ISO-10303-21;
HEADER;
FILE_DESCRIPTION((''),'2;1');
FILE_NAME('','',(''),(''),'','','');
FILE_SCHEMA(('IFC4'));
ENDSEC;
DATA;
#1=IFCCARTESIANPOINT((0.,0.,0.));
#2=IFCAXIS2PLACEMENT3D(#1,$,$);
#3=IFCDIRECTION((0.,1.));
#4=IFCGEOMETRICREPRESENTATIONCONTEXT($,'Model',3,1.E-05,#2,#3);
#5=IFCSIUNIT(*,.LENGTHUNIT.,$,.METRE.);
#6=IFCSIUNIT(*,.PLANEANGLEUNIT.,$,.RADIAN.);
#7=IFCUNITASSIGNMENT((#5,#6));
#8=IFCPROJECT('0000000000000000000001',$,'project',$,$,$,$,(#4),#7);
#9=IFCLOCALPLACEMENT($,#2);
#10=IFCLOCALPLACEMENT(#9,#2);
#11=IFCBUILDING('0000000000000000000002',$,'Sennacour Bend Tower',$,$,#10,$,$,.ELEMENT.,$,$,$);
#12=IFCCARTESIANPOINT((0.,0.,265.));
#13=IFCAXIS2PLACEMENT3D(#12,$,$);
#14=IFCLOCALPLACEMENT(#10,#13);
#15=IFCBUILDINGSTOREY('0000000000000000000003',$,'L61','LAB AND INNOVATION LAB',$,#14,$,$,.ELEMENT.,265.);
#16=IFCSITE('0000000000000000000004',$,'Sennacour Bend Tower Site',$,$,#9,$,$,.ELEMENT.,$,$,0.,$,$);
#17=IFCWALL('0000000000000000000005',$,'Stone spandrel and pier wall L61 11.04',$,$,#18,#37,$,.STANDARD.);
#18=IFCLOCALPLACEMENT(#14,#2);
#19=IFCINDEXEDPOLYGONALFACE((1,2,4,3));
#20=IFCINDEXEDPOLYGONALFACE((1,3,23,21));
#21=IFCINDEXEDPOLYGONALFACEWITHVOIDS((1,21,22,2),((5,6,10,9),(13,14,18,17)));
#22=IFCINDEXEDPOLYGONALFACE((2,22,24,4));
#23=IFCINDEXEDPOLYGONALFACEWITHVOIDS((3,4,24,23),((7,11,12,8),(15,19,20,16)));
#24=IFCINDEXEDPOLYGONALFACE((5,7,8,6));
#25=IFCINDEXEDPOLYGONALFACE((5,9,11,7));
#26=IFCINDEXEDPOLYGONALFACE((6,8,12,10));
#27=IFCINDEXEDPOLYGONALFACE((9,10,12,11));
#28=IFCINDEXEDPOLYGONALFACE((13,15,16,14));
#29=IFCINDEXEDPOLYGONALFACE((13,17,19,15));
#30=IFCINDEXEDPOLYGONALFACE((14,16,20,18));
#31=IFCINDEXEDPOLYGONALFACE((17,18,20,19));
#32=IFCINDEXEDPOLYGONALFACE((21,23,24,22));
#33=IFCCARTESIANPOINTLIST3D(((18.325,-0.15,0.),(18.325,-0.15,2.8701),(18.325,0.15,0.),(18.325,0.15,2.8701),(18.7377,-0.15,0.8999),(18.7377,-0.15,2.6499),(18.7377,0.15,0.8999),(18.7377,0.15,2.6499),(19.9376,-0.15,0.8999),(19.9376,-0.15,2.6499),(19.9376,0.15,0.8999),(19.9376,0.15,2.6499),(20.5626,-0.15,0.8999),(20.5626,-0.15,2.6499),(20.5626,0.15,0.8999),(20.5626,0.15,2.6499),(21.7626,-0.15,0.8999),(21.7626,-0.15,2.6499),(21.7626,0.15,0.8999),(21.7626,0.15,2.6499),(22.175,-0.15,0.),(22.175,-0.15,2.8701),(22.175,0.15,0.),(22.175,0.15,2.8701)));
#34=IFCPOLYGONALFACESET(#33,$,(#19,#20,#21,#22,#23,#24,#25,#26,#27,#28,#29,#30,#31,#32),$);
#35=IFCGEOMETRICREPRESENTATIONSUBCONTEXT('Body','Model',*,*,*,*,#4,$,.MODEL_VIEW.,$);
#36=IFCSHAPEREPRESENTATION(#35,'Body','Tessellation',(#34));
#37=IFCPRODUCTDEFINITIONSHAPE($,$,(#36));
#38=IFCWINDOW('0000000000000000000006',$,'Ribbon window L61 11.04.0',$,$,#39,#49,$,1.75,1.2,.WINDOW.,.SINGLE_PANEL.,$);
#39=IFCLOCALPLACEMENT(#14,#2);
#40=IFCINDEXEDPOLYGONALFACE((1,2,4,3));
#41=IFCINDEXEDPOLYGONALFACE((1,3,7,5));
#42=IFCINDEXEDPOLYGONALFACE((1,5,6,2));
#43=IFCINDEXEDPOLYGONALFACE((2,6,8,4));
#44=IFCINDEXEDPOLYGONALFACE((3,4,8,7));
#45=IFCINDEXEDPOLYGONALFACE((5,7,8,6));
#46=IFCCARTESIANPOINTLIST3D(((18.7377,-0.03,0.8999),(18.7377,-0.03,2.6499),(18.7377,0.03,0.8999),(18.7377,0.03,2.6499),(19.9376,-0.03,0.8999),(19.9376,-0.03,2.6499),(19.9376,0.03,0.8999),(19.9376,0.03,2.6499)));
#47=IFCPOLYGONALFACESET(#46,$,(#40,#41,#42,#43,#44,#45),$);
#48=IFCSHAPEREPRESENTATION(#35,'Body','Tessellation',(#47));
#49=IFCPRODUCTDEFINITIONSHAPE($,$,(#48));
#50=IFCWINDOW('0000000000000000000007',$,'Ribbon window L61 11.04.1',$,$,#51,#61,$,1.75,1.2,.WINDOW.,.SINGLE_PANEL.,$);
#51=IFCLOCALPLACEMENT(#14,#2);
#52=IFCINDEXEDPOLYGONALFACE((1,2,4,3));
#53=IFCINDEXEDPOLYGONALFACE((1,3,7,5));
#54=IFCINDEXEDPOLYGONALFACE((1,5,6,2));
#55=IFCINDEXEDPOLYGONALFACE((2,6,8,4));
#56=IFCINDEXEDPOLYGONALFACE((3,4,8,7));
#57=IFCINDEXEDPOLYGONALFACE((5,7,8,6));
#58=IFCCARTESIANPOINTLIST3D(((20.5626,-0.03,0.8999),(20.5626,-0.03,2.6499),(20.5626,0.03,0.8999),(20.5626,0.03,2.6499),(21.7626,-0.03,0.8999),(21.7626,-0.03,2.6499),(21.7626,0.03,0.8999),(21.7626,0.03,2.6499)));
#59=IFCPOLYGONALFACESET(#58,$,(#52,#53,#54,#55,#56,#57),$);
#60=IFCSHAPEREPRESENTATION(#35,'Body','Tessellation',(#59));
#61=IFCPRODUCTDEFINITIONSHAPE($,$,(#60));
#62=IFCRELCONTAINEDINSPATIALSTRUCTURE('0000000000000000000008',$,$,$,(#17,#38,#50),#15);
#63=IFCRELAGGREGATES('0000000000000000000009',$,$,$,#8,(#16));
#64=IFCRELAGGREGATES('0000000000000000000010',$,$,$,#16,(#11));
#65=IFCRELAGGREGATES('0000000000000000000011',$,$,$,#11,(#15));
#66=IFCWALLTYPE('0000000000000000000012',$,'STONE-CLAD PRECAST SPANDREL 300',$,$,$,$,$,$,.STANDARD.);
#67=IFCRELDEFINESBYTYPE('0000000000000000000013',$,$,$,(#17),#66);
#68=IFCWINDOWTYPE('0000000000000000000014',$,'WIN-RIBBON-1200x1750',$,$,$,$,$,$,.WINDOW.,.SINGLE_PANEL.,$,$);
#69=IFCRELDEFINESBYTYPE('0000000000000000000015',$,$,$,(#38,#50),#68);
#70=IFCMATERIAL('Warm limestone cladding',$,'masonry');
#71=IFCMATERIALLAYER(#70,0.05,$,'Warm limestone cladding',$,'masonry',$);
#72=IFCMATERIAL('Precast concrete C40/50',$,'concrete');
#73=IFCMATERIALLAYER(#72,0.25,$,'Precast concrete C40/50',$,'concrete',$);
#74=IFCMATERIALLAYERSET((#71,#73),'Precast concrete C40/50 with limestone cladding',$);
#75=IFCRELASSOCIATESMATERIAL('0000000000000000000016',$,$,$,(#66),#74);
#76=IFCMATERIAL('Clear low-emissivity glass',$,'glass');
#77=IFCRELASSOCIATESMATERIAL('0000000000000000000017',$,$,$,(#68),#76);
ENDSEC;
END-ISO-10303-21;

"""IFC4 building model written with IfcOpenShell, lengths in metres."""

from ifc_helpers import new_model, si_unit, direction, frame, frame_2d, origin, place, context, subcontext, project, spatial, rectangle, extrude, material, layer, layer_set, type_object, element, fill, save


model = new_model("IFC4")

# Units and contexts
model_context = context("Model", 3, precision=1e-05, world=origin(), true_north=direction((0.0, 1.0)))
body_context = subcontext(model_context, "Body", "Model", "MODEL_VIEW")
ifc_project = project(units=[si_unit("LENGTHUNIT", "METRE"), si_unit("PLANEANGLEUNIT", "RADIAN")], contexts=[model_context])

# Site, building, storey
site_placement = place(None, origin())
site = spatial("IfcSite", under=ifc_project, at=site_placement, Name="Sennacour Bend Tower Site", CompositionType="ELEMENT", RefElevation=0.0)
building_placement = place(site_placement, origin())
building = spatial("IfcBuilding", under=site, at=building_placement, Name="Sennacour Bend Tower", CompositionType="ELEMENT")
storey_placement = place(building_placement, frame((0.0, 0.0, 265.0)))
storey = spatial("IfcBuildingStorey", under=building, at=storey_placement, Name="L61", Description="LAB AND INNOVATION LAB", CompositionType="ELEMENT", Elevation=265.0)

# Wall, openings, windows
ifc_material_1 = material(Name="Warm limestone cladding", Category="masonry")
ifc_layer_1 = layer(ifc_material_1, 0.05, Name="Warm limestone cladding", Category="masonry")
ifc_material_2 = material(Name="Precast concrete C40/50", Category="concrete")
ifc_layer_2 = layer(ifc_material_2, 0.25, Name="Precast concrete C40/50", Category="concrete")
ifc_layer_set_1 = layer_set([ifc_layer_1, ifc_layer_2], Name="Precast concrete C40/50 with limestone cladding")
wall_type_1 = type_object("IfcWallType", Name="STONE-CLAD PRECAST SPANDREL 300", PredefinedType="STANDARD", material=ifc_layer_set_1)
ifc_material_3 = material(Name="Clear low-emissivity glass", Category="glass")
window_type = type_object("IfcWindowType", Name="WIN-RIBBON-1200x1750", PartitioningType="SINGLE_PANEL", PredefinedType="WINDOW", material=ifc_material_3)
wall_1_placement = place(storey_placement, frame((18.325, 0.0, 0.0), z_axis=(0.0, 0.0, 1.0), x_axis=(1.0, 0.0, 0.0)))
wall_1 = element("IfcWall", 1, at=wall_1_placement, inside=storey, type_object=wall_type_1, Name="Stone spandrel and pier wall L61 11.04", PredefinedType="STANDARD", context=body_context, shape_type="SweptSolid", body=[
    extrude(rectangle(XDim=3.8501, YDim=0.3, at=frame_2d((1.925, 0.0))), origin(), (0.0, 0.0, 1.0), 2.8701),
])
opening_1_placement = place(wall_1_placement, frame((0.4126, 0.0, 0.8999)))
opening_1 = element("IfcOpeningElement", 2, at=opening_1_placement, cuts=wall_1, PredefinedType="OPENING", context=body_context, shape_type="SweptSolid", body=[
    extrude(rectangle(XDim=1.2, YDim=1.75, at=frame_2d((0.6001, 0.875))), frame((0.0, 0.1602, 0.0), z_axis=(0.0, -1.0, 0.0), x_axis=(1.0, 0.0, 0.0)), (0.0, 0.0, 1.0), 0.3201),
])
opening_2_placement = place(wall_1_placement, frame((2.2375, 0.0, 0.8999)))
opening_2 = element("IfcOpeningElement", 3, at=opening_2_placement, cuts=wall_1, PredefinedType="OPENING", context=body_context, shape_type="SweptSolid", body=[
    extrude(rectangle(XDim=1.2, YDim=1.75, at=frame_2d((0.6001, 0.875))), frame((0.0, 0.1602, 0.0), z_axis=(0.0, -1.0, 0.0), x_axis=(1.0, 0.0, 0.0)), (0.0, 0.0, 1.0), 0.3201),
])
window_1_placement = place(opening_1_placement, origin())
window_1 = element("IfcWindow", 4, at=window_1_placement, inside=storey, type_object=window_type, Name="Ribbon window L61 11.04.0", OverallHeight=1.75, OverallWidth=1.2, PartitioningType="SINGLE_PANEL", PredefinedType="WINDOW", context=body_context, shape_type="SweptSolid", body=[
    extrude(rectangle(XDim=1.2, YDim=1.75, at=frame_2d((0.6001, 0.875))), frame((0.0, 0.03, 0.0), z_axis=(0.0, -1.0, 0.0), x_axis=(1.0, 0.0, 0.0)), (0.0, 0.0, 1.0), 0.0601),
])
fill(opening_1, window_1)
window_2_placement = place(opening_2_placement, origin())
window_2 = element("IfcWindow", 5, at=window_2_placement, inside=storey, type_object=window_type, Name="Ribbon window L61 11.04.1", OverallHeight=1.75, OverallWidth=1.2, PartitioningType="SINGLE_PANEL", PredefinedType="WINDOW", context=body_context, shape_type="SweptSolid", body=[
    extrude(rectangle(XDim=1.2, YDim=1.75, at=frame_2d((0.6001, 0.875))), frame((0.0, 0.03, 0.0), z_axis=(0.0, -1.0, 0.0), x_axis=(1.0, 0.0, 0.0)), (0.0, 0.0, 1.0), 0.0601),
])
fill(opening_2, window_2)

save(model, "model.ifc")
